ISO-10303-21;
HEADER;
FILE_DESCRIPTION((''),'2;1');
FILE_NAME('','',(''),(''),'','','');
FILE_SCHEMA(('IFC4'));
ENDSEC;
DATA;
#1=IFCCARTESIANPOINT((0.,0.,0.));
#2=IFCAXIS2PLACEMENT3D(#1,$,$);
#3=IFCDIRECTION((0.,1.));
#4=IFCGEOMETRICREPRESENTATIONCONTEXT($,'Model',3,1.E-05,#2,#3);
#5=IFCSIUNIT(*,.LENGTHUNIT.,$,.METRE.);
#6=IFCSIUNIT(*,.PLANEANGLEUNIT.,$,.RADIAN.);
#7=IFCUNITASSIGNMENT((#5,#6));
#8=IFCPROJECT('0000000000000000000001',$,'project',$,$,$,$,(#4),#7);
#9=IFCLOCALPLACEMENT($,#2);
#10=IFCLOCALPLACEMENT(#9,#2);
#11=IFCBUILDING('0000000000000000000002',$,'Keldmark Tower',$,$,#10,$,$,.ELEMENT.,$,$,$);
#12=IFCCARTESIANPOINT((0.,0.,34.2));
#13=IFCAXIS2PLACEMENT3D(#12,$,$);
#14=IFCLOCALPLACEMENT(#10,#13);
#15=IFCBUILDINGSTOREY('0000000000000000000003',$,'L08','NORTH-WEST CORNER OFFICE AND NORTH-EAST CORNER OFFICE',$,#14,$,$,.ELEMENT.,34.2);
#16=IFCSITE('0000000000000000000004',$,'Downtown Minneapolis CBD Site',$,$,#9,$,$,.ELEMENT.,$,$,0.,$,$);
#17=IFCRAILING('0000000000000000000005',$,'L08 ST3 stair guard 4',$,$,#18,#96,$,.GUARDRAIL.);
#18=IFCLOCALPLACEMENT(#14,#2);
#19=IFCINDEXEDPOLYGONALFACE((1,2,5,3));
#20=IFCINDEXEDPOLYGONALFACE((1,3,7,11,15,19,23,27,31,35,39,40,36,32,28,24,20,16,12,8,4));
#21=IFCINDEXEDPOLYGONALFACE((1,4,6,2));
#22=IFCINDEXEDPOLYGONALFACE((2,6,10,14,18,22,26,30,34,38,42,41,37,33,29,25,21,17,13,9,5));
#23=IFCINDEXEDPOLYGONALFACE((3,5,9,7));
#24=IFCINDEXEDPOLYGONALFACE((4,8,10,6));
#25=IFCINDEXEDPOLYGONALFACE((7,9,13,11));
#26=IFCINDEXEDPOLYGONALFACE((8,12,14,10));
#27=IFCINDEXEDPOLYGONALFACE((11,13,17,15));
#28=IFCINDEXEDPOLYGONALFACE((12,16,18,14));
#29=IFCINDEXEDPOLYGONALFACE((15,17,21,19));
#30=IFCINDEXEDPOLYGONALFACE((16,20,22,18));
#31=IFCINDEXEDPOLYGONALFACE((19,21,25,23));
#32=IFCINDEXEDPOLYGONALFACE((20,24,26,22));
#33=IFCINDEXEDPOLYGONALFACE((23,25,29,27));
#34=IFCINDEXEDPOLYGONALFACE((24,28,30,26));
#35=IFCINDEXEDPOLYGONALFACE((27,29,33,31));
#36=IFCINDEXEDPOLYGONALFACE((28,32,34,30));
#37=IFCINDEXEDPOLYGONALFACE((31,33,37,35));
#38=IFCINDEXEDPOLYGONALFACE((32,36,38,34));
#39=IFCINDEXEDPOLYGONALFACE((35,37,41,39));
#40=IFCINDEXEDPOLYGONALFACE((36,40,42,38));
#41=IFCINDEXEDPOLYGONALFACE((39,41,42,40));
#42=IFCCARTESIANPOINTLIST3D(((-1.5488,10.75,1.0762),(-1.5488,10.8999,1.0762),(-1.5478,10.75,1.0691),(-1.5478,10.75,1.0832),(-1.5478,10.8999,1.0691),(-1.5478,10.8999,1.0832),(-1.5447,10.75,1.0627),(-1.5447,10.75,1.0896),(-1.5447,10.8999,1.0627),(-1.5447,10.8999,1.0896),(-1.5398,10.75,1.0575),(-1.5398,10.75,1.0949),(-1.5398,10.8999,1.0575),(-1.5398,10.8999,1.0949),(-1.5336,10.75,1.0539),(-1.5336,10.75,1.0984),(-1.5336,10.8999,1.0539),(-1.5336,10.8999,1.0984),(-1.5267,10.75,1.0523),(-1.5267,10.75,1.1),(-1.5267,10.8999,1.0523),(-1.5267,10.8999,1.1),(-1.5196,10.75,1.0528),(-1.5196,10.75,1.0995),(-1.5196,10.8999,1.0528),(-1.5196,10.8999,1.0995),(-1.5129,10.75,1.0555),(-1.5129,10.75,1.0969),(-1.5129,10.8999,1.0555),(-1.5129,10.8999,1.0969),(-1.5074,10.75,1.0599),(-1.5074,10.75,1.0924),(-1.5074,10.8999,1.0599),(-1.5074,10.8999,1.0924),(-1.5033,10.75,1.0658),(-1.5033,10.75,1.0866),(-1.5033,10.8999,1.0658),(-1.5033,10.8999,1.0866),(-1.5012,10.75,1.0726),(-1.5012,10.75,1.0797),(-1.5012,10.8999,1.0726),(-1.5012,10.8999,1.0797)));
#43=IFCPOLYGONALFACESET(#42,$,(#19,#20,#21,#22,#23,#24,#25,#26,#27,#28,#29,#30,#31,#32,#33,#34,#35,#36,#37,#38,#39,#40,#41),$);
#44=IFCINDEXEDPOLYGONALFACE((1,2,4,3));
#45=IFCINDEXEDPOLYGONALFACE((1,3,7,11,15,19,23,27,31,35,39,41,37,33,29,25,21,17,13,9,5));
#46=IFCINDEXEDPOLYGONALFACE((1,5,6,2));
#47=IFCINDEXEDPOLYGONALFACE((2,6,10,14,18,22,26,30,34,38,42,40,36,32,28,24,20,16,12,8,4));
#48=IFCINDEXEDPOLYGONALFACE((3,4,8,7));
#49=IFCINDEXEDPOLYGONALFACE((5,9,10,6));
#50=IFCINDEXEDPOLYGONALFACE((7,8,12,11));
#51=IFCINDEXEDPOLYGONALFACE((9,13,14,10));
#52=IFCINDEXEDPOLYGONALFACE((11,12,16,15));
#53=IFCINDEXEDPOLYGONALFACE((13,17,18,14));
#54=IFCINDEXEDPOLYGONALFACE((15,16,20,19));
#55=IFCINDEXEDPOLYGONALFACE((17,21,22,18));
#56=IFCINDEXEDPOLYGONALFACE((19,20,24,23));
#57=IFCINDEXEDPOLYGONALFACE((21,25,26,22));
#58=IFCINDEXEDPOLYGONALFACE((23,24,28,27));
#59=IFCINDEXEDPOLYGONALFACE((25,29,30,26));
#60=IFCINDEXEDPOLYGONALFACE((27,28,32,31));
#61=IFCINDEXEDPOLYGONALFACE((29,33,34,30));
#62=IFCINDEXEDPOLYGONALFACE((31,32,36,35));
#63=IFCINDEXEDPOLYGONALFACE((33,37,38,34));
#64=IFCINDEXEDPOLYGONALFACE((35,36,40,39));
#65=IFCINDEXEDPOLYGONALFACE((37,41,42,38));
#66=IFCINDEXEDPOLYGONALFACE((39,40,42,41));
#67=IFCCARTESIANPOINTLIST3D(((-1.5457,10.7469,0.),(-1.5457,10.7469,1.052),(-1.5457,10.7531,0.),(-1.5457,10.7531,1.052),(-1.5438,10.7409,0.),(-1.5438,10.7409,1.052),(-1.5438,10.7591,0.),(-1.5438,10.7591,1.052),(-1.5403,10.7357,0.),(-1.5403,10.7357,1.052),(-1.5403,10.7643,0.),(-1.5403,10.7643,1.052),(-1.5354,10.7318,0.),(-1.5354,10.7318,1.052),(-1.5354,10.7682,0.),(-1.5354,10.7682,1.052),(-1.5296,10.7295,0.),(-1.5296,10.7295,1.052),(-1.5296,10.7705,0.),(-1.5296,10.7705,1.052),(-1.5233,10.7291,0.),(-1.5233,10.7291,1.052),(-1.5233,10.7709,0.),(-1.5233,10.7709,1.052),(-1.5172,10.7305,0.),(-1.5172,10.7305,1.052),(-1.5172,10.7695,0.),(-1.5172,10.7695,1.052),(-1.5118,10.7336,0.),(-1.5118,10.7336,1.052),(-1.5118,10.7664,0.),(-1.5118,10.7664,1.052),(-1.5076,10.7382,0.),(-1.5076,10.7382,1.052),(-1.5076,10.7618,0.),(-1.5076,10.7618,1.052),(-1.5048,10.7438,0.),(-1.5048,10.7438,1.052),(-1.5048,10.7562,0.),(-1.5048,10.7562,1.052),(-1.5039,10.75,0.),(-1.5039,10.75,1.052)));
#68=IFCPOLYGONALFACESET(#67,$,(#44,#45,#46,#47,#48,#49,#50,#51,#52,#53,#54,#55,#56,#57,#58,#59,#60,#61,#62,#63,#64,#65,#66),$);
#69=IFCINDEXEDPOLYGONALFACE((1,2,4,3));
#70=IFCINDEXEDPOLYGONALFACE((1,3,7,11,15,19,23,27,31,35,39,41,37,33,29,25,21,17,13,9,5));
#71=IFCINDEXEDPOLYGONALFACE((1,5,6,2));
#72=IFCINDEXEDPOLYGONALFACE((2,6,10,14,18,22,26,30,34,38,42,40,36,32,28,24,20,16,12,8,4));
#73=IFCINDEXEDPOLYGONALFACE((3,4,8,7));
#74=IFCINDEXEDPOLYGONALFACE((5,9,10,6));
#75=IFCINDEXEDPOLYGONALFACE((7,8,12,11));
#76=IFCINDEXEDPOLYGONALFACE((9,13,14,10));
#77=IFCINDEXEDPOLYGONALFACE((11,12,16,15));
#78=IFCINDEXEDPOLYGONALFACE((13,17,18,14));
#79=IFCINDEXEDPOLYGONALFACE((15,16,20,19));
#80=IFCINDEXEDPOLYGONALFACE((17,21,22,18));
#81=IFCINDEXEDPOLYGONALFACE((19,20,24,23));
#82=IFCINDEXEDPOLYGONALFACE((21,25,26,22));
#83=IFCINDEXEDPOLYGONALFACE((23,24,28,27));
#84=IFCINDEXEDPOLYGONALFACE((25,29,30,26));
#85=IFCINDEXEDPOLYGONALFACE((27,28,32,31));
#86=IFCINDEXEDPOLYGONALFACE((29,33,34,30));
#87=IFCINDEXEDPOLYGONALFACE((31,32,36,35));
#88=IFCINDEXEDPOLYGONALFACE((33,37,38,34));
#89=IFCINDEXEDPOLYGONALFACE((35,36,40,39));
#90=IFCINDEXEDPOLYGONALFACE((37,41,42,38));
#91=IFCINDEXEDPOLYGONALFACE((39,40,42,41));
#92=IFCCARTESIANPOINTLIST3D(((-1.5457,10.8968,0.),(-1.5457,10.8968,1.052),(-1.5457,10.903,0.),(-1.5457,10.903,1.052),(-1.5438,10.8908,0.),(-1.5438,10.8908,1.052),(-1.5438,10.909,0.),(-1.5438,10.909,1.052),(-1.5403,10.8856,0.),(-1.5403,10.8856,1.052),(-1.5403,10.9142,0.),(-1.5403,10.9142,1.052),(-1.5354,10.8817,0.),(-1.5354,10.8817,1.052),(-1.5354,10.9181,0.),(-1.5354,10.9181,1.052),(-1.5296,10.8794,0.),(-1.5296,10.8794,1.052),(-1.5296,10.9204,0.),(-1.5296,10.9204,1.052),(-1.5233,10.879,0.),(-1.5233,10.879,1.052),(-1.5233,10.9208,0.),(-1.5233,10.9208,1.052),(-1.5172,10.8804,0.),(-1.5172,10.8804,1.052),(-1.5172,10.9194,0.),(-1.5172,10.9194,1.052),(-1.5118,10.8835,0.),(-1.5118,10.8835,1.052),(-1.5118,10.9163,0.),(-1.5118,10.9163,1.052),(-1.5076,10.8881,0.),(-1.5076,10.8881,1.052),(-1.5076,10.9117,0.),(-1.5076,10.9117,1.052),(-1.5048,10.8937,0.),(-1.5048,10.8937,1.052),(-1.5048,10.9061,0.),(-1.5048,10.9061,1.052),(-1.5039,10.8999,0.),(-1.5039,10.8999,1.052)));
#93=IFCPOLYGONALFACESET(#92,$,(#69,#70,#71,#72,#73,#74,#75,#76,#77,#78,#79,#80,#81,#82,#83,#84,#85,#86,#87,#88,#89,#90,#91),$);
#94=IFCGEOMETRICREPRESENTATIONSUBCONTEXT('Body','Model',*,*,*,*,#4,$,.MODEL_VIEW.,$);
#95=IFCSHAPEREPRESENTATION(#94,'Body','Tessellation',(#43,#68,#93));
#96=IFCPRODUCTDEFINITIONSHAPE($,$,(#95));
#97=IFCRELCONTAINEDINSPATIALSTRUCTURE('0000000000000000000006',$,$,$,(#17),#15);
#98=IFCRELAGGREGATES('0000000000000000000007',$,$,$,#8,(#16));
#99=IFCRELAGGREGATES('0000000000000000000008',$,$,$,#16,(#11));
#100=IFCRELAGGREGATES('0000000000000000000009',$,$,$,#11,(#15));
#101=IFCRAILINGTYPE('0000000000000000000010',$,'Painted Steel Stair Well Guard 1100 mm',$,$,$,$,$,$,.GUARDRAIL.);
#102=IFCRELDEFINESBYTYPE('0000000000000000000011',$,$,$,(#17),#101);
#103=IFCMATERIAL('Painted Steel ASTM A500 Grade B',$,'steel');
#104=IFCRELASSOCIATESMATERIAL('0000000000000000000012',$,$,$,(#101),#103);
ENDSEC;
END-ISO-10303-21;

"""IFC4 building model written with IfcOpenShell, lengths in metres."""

from ifc_helpers import new_model, si_unit, direction, frame, origin, origin_2d, place, context, subcontext, project, spatial, circle, extrude, material, type_object, element, save


model = new_model("IFC4")

# Units and contexts
model_context = context("Model", 3, precision=1e-05, world=origin(), true_north=direction((0.0, 1.0)))
body_context = subcontext(model_context, "Body", "Model", "MODEL_VIEW")
ifc_project = project(units=[si_unit("LENGTHUNIT", "METRE"), si_unit("PLANEANGLEUNIT", "RADIAN")], contexts=[model_context])

# Site, building, storey
site_placement = place(None, origin())
site = spatial("IfcSite", under=ifc_project, at=site_placement, Name="Downtown Minneapolis CBD Site", CompositionType="ELEMENT", RefElevation=0.0)
building_placement = place(site_placement, origin())
building = spatial("IfcBuilding", under=site, at=building_placement, Name="Keldmark Tower", CompositionType="ELEMENT")
storey_placement = place(building_placement, frame((0.0, 0.0, 34.2)))
storey = spatial("IfcBuildingStorey", under=building, at=storey_placement, Name="L08", Description="NORTH-WEST CORNER OFFICE AND NORTH-EAST CORNER OFFICE", CompositionType="ELEMENT", Elevation=34.2)

# Railing
ifc_material_1 = material(Name="Painted Steel ASTM A500 Grade B", Category="steel")
railing_type_1 = type_object("IfcRailingType", Name="Painted Steel Stair Well Guard 1100 mm", PredefinedType="GUARDRAIL", material=ifc_material_1)
railing_1_placement = place(storey_placement, frame((-1.5249, 10.75, 0.0)))
element("IfcRailing", 1, at=railing_1_placement, inside=storey, type_object=railing_type_1, Name="L08 ST3 stair guard 4", PredefinedType="GUARDRAIL", context=body_context, shape_type="SweptSolid", body=[
    extrude(circle(Radius=0.0239, at=origin_2d()), frame((0.0, 0.0, 1.0762), z_axis=(0.0, 1.0, 0.0), x_axis=(-1.0, 0.0, 0.0)), (0.0, 0.0, 1.0), 0.1499),
    extrude(circle(Radius=0.021, at=origin_2d()), origin(), (0.0, 0.0, 1.0), 1.052),
    extrude(circle(Radius=0.021, at=origin_2d()), frame((0.0, 0.1499, 0.0)), (0.0, 0.0, 1.0), 1.052),
])

save(model, "model.ifc")
